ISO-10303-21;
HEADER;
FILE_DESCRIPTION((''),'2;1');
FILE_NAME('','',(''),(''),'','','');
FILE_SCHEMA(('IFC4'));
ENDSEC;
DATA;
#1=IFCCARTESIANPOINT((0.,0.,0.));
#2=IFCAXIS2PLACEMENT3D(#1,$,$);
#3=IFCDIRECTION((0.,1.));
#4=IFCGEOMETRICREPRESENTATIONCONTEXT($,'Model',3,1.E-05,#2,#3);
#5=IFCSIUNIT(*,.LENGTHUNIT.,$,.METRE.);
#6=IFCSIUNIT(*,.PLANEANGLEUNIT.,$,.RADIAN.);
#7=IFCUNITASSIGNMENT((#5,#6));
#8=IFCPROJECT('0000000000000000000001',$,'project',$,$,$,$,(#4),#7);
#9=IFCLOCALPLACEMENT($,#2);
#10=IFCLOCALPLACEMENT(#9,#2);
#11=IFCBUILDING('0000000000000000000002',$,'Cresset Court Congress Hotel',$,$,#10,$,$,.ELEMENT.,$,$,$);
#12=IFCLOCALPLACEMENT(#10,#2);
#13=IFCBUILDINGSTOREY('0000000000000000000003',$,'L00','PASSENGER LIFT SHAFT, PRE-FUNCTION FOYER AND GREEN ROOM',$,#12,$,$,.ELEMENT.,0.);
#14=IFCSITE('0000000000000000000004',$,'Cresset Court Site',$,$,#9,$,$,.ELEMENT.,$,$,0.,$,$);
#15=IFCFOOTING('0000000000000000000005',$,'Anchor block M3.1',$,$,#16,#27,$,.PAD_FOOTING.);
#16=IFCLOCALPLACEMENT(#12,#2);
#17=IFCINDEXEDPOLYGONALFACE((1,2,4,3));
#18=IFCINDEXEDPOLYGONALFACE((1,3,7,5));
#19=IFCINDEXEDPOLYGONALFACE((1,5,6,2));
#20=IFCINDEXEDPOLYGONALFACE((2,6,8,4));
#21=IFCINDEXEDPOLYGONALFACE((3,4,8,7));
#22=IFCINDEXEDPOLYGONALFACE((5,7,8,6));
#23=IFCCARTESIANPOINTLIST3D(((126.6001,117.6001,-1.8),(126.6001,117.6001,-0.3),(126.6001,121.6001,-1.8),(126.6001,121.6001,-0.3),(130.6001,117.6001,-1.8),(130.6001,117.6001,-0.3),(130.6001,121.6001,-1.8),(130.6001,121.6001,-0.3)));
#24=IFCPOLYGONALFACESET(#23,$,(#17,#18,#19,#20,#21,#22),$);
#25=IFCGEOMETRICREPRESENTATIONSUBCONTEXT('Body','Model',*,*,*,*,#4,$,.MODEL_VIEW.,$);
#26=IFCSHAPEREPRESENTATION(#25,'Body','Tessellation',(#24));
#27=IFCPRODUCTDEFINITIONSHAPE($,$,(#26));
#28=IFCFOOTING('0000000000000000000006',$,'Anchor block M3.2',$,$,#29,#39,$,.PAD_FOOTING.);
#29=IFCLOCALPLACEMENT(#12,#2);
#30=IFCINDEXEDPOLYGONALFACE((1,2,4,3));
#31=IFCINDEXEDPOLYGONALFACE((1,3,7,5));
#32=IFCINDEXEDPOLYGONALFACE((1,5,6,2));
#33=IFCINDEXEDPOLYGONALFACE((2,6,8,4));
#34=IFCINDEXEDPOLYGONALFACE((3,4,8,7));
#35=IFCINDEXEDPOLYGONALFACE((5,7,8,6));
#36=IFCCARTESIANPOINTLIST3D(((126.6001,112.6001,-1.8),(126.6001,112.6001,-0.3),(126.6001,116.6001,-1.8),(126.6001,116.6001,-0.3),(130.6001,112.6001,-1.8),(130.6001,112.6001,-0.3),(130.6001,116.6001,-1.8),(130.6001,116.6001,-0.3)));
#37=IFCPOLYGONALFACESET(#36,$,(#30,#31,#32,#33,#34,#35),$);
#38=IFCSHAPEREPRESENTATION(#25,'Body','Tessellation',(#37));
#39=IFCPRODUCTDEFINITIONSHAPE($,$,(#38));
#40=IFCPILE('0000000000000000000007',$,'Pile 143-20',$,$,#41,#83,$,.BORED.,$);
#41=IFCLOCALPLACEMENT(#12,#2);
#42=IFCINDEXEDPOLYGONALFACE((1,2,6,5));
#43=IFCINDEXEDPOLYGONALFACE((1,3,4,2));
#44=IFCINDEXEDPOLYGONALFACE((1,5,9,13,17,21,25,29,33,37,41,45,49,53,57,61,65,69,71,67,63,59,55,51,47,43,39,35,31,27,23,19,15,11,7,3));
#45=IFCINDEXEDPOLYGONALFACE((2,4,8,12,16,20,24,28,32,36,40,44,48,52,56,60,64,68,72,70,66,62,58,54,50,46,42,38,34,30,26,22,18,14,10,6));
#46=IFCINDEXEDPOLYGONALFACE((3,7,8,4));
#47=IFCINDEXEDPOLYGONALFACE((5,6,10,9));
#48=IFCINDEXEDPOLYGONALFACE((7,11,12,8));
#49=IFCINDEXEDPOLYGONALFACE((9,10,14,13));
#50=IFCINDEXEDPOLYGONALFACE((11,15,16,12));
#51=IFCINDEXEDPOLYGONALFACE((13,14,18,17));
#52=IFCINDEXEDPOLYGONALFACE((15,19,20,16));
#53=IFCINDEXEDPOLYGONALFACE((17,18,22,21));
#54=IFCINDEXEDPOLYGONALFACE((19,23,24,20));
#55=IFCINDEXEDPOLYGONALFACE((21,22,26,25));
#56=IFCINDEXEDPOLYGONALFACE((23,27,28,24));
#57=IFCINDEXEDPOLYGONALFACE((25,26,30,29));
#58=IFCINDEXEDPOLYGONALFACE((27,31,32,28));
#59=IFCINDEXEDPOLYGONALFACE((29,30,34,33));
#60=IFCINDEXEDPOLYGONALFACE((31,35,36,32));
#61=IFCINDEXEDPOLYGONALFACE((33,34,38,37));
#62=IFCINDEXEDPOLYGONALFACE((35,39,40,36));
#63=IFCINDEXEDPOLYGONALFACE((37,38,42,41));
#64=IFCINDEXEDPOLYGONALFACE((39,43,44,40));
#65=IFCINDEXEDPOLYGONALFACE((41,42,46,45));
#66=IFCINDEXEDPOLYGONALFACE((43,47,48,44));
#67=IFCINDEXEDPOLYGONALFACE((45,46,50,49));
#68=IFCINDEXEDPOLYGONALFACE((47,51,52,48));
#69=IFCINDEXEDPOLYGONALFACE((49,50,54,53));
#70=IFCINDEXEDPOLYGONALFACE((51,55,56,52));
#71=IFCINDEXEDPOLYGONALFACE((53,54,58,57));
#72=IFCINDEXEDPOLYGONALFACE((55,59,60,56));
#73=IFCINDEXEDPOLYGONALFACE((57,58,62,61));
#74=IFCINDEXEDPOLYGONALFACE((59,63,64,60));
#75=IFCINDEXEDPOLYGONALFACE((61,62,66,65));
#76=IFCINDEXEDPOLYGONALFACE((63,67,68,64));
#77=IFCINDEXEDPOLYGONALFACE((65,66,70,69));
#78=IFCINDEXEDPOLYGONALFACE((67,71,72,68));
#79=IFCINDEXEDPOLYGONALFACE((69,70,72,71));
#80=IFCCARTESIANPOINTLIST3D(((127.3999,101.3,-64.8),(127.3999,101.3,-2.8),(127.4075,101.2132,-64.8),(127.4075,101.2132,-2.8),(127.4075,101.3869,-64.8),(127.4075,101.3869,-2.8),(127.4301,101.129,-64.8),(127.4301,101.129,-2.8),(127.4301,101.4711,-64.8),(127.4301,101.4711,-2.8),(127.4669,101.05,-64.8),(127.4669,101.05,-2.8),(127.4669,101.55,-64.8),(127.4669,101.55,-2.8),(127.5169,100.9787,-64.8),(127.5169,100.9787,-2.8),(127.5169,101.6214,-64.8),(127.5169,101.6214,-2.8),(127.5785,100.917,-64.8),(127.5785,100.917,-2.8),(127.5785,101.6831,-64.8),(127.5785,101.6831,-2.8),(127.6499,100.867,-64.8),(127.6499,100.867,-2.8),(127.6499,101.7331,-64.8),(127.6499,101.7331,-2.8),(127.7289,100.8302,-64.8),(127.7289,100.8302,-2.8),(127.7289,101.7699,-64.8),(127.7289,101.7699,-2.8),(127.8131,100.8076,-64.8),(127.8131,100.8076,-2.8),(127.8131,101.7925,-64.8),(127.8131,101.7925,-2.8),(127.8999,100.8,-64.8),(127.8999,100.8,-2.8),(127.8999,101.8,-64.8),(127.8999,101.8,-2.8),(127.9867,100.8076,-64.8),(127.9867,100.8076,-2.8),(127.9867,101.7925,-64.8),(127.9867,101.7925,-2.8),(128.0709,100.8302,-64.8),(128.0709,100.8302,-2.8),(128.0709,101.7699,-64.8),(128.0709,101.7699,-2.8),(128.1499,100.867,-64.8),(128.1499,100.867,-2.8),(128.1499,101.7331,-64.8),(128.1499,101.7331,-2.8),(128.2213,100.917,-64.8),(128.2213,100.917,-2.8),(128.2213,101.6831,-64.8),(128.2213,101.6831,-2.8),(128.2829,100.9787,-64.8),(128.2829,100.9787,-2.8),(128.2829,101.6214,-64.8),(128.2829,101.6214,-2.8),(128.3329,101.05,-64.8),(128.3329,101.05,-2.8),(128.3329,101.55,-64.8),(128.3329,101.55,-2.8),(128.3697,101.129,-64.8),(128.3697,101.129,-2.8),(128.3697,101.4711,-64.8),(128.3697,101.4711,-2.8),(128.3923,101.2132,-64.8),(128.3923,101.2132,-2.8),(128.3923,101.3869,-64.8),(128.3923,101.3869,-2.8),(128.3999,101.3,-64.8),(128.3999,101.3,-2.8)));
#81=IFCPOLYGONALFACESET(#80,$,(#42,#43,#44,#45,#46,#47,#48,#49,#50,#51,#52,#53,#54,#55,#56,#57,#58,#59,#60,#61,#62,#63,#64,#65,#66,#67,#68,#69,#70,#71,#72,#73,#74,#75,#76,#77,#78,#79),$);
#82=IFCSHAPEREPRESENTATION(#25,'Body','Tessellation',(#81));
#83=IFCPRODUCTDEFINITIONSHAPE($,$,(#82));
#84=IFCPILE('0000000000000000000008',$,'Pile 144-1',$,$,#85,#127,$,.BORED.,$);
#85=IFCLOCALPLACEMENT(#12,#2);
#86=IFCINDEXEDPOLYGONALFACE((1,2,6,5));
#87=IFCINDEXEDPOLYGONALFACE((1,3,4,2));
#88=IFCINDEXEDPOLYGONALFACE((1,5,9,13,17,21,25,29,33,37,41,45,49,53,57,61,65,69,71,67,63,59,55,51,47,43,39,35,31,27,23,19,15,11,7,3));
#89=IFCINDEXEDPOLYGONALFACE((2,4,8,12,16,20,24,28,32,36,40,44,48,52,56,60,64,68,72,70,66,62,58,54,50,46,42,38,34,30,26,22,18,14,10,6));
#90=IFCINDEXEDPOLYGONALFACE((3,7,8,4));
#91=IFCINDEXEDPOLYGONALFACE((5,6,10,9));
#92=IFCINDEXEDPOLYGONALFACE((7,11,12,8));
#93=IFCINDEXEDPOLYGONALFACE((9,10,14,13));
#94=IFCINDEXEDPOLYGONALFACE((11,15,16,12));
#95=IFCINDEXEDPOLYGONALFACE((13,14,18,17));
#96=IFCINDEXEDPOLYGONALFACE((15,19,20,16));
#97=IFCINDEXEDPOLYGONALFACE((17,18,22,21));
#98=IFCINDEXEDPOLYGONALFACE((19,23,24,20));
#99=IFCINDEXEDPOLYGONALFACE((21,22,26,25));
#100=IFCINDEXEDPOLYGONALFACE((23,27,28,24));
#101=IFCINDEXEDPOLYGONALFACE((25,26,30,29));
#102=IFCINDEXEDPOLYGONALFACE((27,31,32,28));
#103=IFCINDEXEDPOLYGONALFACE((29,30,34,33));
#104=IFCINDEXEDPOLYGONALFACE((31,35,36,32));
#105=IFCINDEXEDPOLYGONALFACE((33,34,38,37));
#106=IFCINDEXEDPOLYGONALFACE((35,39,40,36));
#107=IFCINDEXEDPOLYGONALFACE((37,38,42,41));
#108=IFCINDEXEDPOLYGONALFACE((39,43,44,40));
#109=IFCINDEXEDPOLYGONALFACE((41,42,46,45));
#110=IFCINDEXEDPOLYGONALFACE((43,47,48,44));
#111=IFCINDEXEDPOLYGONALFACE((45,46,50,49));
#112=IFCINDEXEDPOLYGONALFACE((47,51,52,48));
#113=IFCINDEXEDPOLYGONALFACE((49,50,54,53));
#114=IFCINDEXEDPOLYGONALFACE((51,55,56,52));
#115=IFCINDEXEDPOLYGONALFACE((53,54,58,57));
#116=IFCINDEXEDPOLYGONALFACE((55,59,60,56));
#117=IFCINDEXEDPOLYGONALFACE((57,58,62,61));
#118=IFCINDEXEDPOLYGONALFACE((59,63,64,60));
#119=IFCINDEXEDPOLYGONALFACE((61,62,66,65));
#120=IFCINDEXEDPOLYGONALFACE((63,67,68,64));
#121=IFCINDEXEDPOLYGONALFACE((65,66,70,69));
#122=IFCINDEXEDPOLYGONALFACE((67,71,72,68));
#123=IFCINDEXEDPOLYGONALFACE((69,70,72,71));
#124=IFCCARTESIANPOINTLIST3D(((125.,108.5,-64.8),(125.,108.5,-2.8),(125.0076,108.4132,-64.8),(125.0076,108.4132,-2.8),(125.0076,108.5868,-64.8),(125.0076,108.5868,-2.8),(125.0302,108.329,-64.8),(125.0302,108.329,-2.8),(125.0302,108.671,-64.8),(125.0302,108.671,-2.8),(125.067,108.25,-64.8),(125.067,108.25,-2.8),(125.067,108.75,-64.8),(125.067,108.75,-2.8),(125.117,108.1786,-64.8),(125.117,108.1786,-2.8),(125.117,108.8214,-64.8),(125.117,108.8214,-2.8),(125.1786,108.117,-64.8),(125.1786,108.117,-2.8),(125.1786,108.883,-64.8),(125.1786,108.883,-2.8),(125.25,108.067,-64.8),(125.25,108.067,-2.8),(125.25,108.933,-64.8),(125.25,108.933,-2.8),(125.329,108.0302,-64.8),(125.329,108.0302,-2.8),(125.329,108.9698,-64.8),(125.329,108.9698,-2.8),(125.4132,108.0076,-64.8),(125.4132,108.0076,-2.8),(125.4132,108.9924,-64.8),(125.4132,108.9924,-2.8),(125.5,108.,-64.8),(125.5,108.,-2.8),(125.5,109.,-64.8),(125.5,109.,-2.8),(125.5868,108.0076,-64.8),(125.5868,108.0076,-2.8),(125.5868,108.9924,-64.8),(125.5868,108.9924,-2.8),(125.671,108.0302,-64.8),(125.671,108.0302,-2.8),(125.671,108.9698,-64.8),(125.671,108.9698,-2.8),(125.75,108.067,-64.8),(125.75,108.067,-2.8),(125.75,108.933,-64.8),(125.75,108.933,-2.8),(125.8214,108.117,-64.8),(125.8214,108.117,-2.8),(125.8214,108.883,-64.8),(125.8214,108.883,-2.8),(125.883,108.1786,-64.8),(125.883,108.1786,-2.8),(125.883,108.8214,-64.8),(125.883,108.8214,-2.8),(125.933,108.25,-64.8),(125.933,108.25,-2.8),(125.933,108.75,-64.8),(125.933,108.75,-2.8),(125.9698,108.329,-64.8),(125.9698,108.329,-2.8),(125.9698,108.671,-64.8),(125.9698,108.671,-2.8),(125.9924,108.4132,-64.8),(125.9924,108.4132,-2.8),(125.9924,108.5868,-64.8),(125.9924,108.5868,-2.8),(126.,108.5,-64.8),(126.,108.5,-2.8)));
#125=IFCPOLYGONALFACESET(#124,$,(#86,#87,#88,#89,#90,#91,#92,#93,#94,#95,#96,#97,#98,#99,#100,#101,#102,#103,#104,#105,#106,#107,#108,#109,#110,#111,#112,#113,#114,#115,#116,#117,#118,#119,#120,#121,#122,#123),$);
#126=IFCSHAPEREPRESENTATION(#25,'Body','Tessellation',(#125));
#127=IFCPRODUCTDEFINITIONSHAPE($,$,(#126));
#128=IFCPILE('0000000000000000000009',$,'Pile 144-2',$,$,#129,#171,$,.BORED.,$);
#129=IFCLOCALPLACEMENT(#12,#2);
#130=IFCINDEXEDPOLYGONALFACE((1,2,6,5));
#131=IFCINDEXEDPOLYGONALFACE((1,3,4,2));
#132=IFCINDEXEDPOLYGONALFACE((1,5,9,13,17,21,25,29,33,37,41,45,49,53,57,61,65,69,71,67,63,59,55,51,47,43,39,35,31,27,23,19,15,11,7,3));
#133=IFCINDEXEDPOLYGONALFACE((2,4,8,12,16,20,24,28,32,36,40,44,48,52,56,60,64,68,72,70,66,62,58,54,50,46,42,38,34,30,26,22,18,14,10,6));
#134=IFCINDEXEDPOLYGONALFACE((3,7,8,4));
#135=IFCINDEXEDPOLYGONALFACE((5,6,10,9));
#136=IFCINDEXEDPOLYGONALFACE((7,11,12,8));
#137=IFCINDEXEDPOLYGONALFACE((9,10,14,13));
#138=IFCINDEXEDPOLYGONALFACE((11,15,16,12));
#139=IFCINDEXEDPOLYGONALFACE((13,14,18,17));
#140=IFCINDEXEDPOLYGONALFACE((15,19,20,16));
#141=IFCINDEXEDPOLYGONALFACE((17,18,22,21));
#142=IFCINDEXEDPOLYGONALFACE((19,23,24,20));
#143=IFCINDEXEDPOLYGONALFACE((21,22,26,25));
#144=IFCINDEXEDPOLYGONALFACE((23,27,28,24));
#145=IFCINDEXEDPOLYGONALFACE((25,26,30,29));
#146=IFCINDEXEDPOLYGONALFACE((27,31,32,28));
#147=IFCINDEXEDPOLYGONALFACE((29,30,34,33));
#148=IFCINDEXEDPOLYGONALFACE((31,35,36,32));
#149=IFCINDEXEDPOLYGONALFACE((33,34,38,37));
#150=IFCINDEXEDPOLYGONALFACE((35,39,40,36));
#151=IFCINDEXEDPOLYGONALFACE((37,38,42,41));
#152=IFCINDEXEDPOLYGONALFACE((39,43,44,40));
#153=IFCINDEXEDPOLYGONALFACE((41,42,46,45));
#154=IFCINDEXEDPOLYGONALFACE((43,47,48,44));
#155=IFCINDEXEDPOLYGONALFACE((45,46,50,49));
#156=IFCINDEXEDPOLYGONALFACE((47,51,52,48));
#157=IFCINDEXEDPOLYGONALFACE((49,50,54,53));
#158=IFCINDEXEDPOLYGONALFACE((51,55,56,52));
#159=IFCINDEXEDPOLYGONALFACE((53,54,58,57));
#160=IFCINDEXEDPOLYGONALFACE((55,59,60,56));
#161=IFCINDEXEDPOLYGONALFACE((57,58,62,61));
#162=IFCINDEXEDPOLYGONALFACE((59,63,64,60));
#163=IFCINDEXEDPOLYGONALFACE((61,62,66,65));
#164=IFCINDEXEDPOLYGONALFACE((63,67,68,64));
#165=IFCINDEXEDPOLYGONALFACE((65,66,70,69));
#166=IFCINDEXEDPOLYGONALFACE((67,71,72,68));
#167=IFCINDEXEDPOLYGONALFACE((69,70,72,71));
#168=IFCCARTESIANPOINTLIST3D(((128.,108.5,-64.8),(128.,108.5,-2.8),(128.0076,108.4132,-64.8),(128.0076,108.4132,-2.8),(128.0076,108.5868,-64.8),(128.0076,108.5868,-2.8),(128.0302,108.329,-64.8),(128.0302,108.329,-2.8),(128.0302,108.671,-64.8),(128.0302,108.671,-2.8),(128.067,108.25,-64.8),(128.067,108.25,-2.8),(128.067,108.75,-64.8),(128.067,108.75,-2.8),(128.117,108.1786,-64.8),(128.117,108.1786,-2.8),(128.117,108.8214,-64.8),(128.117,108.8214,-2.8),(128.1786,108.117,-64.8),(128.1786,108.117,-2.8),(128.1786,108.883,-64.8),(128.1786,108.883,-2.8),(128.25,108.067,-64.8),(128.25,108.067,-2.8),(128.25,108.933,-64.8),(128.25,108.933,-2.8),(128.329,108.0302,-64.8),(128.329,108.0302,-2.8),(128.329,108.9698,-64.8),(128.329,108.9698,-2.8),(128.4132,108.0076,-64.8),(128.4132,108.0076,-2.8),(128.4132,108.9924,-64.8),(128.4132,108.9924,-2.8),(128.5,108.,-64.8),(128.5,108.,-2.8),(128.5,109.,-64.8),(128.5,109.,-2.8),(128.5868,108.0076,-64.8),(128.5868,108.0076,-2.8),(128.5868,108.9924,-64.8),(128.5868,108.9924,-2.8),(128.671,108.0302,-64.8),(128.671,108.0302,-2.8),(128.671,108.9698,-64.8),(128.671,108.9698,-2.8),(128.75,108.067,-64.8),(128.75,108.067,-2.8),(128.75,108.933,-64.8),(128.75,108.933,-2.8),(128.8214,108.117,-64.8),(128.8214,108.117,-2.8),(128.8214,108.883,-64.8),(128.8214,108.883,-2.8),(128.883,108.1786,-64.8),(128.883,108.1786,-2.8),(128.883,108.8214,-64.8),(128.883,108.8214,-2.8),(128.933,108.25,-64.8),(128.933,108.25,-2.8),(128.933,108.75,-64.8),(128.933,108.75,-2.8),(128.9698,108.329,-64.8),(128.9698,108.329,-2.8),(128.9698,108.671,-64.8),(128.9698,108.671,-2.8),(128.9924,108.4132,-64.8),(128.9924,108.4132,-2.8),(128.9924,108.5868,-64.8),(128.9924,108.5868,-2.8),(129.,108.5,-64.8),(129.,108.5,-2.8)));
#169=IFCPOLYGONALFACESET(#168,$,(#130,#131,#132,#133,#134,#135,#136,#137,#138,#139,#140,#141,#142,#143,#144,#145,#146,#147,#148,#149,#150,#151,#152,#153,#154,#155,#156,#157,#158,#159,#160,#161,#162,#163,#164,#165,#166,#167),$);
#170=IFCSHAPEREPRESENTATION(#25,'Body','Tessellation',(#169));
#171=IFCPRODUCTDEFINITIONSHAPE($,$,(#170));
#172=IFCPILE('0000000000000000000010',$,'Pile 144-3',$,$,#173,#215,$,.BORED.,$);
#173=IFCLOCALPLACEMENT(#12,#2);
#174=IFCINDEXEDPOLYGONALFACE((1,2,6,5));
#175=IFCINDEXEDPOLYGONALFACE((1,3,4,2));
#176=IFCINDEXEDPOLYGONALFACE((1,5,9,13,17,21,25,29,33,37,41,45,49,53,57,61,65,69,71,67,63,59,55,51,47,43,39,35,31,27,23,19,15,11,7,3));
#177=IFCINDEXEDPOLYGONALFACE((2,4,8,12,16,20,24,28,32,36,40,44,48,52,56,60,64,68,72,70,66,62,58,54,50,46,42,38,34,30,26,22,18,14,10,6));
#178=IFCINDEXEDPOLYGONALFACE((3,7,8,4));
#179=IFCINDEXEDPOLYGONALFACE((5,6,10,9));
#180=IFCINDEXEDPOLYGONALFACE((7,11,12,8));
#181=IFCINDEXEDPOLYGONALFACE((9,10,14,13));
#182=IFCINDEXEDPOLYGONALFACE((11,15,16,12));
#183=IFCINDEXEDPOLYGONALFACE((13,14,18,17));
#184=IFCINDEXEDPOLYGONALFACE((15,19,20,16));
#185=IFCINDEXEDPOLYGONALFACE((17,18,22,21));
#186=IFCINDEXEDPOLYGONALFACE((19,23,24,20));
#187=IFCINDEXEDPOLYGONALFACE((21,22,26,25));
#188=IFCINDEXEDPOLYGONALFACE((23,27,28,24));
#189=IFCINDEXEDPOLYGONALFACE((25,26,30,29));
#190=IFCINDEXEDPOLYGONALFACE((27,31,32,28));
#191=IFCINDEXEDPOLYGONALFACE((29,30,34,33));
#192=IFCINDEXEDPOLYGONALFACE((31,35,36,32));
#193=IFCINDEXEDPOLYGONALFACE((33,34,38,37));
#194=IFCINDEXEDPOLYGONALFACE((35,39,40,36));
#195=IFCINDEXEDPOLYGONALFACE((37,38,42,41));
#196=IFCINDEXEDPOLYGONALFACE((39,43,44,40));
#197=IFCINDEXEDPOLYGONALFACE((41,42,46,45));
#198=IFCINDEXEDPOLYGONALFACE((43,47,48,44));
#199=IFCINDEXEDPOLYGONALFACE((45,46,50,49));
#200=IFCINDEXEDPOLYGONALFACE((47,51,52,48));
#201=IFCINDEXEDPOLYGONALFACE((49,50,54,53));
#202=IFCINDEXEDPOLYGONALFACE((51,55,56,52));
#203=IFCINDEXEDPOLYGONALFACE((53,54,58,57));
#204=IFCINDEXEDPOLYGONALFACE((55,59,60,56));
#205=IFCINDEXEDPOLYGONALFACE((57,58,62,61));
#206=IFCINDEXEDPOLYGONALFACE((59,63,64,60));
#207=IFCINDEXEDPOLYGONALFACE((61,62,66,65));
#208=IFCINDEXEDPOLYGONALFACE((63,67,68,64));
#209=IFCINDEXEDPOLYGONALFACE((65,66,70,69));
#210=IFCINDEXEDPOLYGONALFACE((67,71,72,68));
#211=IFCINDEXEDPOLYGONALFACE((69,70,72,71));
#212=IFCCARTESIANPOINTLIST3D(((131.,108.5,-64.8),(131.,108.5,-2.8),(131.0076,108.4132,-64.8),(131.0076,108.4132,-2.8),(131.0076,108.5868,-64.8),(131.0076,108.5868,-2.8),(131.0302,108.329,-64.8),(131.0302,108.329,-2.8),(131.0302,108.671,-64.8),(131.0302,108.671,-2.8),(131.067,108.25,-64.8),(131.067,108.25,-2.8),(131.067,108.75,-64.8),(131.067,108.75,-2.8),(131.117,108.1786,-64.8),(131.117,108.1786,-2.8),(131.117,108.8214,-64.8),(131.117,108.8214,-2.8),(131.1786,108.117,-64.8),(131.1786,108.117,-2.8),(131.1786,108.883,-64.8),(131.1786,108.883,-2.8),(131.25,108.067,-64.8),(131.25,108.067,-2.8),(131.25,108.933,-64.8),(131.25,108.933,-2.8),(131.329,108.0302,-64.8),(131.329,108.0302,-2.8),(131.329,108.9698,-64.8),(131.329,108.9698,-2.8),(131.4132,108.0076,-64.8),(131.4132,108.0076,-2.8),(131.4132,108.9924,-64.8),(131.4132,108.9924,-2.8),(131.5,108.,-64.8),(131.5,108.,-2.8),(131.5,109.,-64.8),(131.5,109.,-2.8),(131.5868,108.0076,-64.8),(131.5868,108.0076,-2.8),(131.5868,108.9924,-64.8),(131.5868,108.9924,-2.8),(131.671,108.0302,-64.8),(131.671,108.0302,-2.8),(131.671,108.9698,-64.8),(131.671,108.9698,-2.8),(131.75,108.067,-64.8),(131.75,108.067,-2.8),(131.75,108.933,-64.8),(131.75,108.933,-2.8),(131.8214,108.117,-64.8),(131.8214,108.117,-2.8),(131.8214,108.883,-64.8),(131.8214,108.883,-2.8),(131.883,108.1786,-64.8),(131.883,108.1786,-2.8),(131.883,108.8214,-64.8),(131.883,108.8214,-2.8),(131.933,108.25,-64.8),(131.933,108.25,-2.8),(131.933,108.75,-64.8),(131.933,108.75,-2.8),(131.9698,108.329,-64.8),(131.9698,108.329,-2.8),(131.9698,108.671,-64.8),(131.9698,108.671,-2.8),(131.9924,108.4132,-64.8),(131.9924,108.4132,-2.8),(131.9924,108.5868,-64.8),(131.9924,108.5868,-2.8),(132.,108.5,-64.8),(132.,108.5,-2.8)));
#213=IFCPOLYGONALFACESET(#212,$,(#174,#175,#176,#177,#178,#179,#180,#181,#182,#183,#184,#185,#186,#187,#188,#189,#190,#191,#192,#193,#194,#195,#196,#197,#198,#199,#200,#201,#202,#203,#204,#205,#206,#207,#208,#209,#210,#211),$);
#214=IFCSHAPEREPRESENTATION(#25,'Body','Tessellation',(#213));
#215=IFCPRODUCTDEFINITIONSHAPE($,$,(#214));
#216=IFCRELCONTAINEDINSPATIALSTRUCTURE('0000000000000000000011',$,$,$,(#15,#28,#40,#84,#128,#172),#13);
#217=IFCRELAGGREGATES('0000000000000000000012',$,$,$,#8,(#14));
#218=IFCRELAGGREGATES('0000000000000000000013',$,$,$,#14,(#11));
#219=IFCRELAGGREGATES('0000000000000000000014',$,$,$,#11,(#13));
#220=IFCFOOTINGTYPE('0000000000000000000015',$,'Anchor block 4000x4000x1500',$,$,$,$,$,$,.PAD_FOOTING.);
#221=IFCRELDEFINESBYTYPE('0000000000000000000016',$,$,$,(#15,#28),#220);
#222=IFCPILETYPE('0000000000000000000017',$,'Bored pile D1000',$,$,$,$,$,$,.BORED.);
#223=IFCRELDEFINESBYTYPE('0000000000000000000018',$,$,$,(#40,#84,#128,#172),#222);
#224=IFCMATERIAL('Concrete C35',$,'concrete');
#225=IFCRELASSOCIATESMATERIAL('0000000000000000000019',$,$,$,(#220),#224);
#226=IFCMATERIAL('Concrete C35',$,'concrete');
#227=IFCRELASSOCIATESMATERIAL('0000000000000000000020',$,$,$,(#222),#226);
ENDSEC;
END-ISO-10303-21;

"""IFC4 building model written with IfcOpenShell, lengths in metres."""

from ifc_helpers import new_model, si_unit, direction, frame, origin, origin_2d, place, context, subcontext, project, spatial, rectangle, circle, extrude, material, type_object, element, save


model = new_model("IFC4")

# Units and contexts
model_context = context("Model", 3, precision=1e-05, world=origin(), true_north=direction((0.0, 1.0)))
body_context = subcontext(model_context, "Body", "Model", "MODEL_VIEW")
ifc_project = project(units=[si_unit("LENGTHUNIT", "METRE"), si_unit("PLANEANGLEUNIT", "RADIAN")], contexts=[model_context])

# Site, building, storey
site_placement = place(None, origin())
site = spatial("IfcSite", under=ifc_project, at=site_placement, Name="Cresset Court Site", CompositionType="ELEMENT", RefElevation=0.0)
building_placement = place(site_placement, origin())
building = spatial("IfcBuilding", under=site, at=building_placement, Name="Cresset Court Congress Hotel", CompositionType="ELEMENT")
storey_placement = place(building_placement, origin())
storey = spatial("IfcBuildingStorey", under=building, at=storey_placement, Name="L00", Description="PASSENGER LIFT SHAFT, PRE-FUNCTION FOYER AND GREEN ROOM", CompositionType="ELEMENT", Elevation=0.0)

# Footings
ifc_material_1 = material(Name="Concrete C35", Category="concrete")
footing_type = type_object("IfcFootingType", Name="Anchor block 4000x4000x1500", PredefinedType="PAD_FOOTING", material=ifc_material_1)
for number, where, z_axis, x_axis, name in (
    (1, (128.6001, 119.6001, -1.8), (0.0, 0.0, 1.0), (1.0, 0.0, 0.0), "Anchor block M3.1"),
    (2, (128.6001, 114.6001, -1.8), (0.0, 0.0, 1.0), (1.0, 0.0, 0.0), "Anchor block M3.2"),
):
    element("IfcFooting", number, at=place(storey_placement, frame(where, z_axis=z_axis, x_axis=x_axis)), inside=storey, type_object=footing_type, Name=name, PredefinedType="PAD_FOOTING", context=body_context, shape_type="SweptSolid", body=[
        extrude(rectangle(XDim=4.0, YDim=4.0, at=origin_2d()), origin(), (0.0, 0.0, 1.0), 1.5),
    ])

# Piles
ifc_material_2 = material(Name="Concrete C35", Category="concrete")
pile_type_1 = type_object("IfcPileType", Name="Bored pile D1000", PredefinedType="BORED", material=ifc_material_2)
for number, where, z_axis, x_axis, name in (
    (3, (127.8999, 101.3, -2.8), (0.0, 0.0, -1.0), (1.0, 0.0, 0.0), "Pile 143-20"),
    (4, (125.5, 108.5, -2.8), (0.0, 0.0, -1.0), (1.0, 0.0, 0.0), "Pile 144-1"),
    (5, (128.5, 108.5, -2.8), (0.0, 0.0, -1.0), (1.0, 0.0, 0.0), "Pile 144-2"),
    (6, (131.5, 108.5, -2.8), (0.0, 0.0, -1.0), (1.0, 0.0, 0.0), "Pile 144-3"),
):
    element("IfcPile", number, at=place(storey_placement, frame(where, z_axis=z_axis, x_axis=x_axis)), inside=storey, type_object=pile_type_1, Name=name, PredefinedType="BORED", context=body_context, shape_type="SweptSolid", body=[
        extrude(circle(Radius=0.5, at=origin_2d()), origin(), (0.0, 0.0, 1.0), 62.0),
    ])

save(model, "model.ifc")
